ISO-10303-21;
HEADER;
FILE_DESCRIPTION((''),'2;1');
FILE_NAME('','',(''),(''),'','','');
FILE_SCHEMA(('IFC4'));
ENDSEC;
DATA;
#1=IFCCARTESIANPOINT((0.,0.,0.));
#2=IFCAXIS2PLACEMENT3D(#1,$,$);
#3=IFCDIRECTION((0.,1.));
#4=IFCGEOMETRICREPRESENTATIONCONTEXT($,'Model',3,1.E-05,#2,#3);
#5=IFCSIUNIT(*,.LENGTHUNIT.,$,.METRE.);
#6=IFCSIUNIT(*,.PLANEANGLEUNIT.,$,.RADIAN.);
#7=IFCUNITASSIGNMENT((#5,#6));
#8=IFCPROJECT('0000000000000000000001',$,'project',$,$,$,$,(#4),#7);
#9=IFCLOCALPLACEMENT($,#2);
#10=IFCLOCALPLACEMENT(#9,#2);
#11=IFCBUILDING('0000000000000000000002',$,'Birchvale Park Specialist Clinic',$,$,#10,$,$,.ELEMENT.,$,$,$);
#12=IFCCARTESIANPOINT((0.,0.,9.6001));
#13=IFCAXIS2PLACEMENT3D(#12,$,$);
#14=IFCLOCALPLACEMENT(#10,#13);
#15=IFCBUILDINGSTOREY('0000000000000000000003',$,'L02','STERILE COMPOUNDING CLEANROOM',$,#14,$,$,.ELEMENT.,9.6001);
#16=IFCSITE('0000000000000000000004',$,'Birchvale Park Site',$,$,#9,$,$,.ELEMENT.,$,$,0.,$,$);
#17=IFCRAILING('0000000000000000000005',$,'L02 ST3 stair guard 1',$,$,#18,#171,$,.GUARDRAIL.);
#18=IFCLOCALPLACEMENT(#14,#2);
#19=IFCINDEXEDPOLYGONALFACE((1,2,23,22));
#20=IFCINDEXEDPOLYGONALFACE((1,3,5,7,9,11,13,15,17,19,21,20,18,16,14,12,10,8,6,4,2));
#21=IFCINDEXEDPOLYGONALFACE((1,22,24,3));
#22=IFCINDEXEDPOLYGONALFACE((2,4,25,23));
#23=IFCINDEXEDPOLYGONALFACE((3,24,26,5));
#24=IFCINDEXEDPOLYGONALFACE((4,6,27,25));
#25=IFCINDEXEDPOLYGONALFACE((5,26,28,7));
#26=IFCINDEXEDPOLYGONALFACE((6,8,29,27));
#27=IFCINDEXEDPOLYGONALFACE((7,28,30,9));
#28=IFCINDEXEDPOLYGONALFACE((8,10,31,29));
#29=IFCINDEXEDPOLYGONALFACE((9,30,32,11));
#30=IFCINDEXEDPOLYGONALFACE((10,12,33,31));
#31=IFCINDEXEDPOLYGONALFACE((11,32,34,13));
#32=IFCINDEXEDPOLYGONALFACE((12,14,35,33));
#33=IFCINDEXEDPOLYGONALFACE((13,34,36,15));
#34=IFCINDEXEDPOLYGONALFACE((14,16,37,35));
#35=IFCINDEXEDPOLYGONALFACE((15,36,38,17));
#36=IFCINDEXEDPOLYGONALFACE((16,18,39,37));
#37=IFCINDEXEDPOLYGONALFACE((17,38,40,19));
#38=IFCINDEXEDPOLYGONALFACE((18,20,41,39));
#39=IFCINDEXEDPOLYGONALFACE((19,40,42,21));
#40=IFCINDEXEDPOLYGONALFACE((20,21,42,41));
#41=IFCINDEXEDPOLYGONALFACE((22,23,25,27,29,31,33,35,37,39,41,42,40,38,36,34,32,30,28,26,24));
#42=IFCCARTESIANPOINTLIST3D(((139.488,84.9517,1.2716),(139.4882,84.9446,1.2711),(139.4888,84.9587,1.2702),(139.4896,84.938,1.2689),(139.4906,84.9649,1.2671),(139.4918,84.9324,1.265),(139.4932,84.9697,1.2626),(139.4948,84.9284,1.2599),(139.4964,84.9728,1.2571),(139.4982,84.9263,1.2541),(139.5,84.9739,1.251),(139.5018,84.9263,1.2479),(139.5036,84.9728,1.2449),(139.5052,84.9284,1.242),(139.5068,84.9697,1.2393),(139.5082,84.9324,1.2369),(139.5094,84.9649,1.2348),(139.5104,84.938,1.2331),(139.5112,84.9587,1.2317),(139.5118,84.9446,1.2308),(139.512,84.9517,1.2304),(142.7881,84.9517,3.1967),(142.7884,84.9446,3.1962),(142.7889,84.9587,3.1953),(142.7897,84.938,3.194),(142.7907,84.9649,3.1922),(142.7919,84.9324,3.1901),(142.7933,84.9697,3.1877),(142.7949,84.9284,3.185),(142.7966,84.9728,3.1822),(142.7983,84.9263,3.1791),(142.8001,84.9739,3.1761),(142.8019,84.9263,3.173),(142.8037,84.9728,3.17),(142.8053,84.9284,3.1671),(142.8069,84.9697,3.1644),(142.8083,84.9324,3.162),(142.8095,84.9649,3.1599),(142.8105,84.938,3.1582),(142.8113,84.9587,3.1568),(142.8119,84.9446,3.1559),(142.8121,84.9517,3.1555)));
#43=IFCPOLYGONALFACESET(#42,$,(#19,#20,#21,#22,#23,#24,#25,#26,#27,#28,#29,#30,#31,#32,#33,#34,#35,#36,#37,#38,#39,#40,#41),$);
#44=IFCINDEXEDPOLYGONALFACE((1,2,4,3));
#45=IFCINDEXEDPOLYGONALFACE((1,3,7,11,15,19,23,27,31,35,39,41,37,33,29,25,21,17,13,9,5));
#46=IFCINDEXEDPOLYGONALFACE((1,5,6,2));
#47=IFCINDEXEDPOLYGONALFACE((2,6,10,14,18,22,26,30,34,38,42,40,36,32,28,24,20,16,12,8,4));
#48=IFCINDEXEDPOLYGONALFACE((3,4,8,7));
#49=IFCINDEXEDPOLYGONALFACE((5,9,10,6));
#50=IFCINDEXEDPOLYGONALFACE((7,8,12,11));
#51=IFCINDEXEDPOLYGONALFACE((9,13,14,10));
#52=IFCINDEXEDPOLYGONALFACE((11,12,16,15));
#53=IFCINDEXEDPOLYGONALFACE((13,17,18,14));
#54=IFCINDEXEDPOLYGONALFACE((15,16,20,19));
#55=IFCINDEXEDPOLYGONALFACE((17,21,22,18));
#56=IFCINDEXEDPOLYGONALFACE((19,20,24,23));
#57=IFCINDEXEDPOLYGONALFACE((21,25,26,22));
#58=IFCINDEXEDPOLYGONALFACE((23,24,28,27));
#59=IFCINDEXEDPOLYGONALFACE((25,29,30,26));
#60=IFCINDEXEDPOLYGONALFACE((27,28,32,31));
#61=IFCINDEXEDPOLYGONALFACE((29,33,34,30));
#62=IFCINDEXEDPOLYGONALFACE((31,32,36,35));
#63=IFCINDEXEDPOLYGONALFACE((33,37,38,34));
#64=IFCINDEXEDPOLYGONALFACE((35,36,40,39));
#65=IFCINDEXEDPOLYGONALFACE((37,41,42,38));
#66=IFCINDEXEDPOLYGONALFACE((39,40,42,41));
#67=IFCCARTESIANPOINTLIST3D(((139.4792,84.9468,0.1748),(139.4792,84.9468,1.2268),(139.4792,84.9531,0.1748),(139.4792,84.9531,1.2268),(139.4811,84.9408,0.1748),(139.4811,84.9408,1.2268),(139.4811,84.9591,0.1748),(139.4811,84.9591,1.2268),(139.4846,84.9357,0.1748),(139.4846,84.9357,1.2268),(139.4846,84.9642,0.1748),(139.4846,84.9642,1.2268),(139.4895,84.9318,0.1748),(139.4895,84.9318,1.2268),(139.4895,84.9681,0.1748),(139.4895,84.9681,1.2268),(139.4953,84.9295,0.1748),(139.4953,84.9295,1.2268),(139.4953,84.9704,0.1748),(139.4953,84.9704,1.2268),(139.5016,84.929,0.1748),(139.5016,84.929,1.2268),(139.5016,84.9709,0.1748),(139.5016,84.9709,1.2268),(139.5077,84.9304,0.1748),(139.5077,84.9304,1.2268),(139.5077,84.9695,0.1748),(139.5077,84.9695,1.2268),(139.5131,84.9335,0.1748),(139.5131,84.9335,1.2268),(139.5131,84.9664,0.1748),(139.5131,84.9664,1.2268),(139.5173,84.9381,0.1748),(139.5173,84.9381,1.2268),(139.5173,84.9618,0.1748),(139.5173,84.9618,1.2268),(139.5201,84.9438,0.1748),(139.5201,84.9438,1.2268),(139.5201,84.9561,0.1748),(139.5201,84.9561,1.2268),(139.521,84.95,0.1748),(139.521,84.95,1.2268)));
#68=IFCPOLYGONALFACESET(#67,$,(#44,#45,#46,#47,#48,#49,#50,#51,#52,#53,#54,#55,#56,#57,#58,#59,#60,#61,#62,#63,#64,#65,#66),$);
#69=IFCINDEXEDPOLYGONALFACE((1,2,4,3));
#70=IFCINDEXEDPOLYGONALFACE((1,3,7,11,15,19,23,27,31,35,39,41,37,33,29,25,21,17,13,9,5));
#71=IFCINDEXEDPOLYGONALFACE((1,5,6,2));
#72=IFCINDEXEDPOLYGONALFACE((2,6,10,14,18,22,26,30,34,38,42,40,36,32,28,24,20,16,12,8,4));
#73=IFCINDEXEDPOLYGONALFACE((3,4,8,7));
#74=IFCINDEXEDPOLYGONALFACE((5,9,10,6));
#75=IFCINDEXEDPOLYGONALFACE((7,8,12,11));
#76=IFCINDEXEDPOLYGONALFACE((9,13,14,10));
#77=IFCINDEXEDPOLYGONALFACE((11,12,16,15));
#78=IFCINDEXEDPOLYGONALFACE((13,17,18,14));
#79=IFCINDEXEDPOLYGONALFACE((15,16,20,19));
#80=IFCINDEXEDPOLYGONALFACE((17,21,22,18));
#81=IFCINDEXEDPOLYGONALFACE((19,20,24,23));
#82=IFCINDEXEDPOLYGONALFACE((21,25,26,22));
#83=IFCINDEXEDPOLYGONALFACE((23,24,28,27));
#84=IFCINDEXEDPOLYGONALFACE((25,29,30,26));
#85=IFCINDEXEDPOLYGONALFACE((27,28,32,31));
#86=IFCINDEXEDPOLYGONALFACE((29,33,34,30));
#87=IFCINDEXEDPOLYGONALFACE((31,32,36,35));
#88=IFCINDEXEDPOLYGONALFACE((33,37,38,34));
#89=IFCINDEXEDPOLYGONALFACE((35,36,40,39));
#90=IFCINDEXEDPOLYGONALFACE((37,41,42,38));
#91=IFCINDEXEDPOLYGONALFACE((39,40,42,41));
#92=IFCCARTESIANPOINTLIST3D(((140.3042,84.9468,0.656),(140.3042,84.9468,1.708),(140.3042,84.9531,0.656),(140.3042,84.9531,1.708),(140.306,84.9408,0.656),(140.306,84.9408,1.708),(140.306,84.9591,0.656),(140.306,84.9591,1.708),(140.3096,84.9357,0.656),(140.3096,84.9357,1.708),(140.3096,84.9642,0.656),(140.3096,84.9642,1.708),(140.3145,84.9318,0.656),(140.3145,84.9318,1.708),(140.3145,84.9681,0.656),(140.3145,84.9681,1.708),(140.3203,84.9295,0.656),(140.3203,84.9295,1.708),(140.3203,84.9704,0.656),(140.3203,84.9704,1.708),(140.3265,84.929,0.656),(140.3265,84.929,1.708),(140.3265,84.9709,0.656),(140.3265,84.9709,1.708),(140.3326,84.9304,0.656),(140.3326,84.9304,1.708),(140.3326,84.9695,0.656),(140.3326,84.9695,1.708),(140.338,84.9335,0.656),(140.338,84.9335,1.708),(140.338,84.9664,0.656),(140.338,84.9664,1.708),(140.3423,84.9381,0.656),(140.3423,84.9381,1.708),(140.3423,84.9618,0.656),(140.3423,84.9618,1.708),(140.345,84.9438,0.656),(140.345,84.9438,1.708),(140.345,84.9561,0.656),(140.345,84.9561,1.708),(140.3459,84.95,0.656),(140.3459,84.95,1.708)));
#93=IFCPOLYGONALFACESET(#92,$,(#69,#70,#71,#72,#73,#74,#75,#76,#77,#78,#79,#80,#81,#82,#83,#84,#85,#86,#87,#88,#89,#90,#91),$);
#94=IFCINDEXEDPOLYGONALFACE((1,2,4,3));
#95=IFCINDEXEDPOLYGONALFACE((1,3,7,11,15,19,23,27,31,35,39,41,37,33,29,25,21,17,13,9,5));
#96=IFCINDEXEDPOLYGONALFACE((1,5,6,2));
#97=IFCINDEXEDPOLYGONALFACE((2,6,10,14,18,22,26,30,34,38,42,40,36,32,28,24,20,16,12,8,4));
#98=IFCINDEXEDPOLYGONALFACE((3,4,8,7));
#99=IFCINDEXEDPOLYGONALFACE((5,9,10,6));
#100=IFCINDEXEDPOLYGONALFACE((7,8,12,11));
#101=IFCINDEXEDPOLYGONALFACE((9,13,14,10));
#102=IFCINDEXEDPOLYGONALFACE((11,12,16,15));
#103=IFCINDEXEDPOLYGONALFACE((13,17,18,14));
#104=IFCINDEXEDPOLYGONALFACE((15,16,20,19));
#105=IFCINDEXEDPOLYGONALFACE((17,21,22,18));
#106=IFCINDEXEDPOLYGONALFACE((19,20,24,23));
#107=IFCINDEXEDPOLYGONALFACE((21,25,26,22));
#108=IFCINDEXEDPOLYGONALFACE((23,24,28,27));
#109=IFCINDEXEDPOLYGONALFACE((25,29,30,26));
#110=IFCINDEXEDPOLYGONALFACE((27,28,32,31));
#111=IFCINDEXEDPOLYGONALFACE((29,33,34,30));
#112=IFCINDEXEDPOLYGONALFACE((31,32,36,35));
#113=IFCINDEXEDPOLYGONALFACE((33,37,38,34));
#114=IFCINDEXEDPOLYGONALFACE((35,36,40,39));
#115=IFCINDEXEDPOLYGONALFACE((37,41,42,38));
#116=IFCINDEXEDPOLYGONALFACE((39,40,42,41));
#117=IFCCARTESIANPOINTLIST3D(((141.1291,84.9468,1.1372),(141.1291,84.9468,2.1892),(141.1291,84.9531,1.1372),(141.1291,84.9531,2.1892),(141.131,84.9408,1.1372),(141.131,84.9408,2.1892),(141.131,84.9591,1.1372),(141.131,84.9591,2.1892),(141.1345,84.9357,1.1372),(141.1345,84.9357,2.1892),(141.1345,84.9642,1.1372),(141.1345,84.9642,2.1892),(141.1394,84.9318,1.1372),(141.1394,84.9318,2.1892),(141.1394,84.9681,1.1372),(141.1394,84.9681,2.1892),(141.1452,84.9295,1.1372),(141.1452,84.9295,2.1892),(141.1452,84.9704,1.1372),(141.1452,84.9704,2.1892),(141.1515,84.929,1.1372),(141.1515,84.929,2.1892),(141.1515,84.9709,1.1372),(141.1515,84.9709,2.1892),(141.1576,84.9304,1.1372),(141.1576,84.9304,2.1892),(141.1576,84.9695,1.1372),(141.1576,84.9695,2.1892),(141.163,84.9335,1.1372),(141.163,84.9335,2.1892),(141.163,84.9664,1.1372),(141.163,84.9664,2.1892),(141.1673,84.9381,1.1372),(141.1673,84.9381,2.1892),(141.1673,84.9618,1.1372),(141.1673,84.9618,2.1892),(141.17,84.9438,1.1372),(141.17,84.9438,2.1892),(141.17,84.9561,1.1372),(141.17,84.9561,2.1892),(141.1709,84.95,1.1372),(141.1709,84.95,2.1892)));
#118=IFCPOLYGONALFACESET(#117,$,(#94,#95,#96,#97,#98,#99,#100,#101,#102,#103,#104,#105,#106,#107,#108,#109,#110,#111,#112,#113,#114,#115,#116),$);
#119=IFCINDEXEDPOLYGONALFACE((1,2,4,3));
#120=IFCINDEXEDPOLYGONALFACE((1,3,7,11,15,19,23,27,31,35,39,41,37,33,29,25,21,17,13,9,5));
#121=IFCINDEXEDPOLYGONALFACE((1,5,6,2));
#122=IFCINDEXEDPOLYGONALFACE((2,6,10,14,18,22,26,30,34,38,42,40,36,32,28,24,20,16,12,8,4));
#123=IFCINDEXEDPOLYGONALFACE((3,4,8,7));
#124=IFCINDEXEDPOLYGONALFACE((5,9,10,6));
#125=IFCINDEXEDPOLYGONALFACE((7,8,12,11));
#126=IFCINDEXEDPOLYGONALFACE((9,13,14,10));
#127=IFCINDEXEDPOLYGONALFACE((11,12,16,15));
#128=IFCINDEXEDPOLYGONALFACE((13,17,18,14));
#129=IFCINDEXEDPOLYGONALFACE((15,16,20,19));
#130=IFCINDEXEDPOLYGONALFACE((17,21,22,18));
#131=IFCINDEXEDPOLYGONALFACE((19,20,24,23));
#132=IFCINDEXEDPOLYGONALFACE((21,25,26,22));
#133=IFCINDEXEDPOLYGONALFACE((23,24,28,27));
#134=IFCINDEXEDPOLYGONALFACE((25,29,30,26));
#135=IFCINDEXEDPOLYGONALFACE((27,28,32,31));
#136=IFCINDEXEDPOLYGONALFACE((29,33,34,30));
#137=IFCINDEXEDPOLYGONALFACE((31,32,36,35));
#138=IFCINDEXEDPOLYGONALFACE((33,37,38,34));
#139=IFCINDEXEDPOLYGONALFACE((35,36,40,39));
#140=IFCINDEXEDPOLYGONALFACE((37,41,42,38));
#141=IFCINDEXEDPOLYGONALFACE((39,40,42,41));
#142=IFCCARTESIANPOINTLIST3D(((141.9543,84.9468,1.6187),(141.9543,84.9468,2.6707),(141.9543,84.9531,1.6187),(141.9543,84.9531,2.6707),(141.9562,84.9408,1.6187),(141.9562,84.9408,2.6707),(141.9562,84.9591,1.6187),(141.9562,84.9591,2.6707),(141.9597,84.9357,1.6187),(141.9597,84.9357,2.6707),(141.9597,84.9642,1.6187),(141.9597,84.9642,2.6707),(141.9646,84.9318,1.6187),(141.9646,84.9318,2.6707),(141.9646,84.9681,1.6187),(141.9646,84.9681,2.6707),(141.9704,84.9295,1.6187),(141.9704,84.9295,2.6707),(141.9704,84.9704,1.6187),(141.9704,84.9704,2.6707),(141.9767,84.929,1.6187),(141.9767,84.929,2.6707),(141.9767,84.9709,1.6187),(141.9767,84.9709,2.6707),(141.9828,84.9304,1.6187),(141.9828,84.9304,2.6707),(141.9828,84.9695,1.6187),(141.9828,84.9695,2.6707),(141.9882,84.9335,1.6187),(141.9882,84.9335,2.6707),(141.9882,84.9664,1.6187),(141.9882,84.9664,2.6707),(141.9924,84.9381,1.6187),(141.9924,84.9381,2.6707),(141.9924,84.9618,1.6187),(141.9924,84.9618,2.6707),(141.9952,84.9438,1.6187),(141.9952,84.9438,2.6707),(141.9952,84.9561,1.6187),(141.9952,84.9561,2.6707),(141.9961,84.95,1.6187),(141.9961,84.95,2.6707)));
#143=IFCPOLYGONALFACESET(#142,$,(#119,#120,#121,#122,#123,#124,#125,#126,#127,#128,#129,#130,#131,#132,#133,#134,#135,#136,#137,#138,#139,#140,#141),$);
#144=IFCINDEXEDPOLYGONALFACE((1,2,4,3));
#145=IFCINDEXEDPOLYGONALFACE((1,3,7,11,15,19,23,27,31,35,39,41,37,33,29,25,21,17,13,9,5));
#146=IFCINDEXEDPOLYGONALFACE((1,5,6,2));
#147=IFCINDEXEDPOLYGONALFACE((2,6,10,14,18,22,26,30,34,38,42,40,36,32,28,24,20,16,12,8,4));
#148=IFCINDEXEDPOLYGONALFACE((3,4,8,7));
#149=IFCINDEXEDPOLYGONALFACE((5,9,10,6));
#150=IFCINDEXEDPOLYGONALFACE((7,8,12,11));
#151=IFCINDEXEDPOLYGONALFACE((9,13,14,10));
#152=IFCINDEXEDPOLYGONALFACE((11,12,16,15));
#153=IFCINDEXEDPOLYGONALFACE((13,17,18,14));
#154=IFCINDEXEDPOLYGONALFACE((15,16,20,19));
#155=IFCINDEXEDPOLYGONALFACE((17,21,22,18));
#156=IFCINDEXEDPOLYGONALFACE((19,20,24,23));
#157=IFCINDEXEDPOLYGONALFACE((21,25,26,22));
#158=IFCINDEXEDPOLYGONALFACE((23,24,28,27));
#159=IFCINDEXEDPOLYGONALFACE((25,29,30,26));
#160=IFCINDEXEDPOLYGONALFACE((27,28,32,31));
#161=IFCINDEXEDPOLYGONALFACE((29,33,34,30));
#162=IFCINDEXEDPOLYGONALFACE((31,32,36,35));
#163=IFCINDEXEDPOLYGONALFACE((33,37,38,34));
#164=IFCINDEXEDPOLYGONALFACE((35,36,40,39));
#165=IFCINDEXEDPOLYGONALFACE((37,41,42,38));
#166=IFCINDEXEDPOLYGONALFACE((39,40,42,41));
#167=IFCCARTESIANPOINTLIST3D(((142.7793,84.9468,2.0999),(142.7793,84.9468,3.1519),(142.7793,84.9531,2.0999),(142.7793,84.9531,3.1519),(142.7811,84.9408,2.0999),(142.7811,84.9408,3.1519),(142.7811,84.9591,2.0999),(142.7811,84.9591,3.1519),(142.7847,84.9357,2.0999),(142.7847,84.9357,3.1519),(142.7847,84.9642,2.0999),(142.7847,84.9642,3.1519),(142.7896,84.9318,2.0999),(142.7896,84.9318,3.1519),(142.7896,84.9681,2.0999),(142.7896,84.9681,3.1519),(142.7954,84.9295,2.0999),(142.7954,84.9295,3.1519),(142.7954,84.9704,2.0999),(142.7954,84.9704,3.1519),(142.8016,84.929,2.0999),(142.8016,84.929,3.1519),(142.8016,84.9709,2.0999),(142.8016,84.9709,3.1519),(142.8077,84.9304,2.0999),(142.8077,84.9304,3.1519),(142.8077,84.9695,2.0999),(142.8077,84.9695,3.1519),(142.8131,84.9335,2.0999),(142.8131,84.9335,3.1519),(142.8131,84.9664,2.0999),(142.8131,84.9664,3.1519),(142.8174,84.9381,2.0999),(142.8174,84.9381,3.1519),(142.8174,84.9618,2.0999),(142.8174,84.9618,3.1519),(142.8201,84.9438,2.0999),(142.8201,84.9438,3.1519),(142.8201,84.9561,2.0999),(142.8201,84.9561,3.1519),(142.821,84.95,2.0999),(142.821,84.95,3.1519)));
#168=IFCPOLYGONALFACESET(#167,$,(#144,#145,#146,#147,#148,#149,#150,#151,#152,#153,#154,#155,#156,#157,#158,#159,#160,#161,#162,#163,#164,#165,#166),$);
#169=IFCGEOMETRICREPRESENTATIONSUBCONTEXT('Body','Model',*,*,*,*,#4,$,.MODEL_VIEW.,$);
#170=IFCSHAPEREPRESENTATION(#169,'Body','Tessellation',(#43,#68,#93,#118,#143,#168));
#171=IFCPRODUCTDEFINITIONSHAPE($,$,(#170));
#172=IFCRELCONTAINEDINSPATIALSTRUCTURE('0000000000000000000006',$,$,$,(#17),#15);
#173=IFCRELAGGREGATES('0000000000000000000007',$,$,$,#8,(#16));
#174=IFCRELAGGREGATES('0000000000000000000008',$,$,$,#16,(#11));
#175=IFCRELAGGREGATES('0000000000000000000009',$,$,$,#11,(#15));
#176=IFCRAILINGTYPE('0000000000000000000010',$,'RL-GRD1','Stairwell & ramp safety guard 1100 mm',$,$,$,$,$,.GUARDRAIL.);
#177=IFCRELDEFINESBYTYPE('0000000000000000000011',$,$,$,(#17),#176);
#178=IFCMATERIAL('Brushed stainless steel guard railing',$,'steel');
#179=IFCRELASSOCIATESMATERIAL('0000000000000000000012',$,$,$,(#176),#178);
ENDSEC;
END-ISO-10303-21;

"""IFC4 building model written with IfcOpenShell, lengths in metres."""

from ifc_helpers import new_model, si_unit, direction, frame, origin, origin_2d, place, context, subcontext, project, spatial, circle, extrude, material, type_object, element, save


model = new_model("IFC4")

# Units and contexts
model_context = context("Model", 3, precision=1e-05, world=origin(), true_north=direction((0.0, 1.0)))
body_context = subcontext(model_context, "Body", "Model", "MODEL_VIEW")
ifc_project = project(units=[si_unit("LENGTHUNIT", "METRE"), si_unit("PLANEANGLEUNIT", "RADIAN")], contexts=[model_context])

# Site, building, storey
site_placement = place(None, origin())
site = spatial("IfcSite", under=ifc_project, at=site_placement, Name="Birchvale Park Site", CompositionType="ELEMENT", RefElevation=0.0)
building_placement = place(site_placement, origin())
building = spatial("IfcBuilding", under=site, at=building_placement, Name="Birchvale Park Specialist Clinic", CompositionType="ELEMENT")
storey_placement = place(building_placement, frame((0.0, 0.0, 9.6001)))
storey = spatial("IfcBuildingStorey", under=building, at=storey_placement, Name="L02", Description="STERILE COMPOUNDING CLEANROOM", CompositionType="ELEMENT", Elevation=9.6001)

# Railing
ifc_material_1 = material(Name="Brushed stainless steel guard railing", Category="steel")
railing_type_1 = type_object("IfcRailingType", Name="RL-GRD1", Description="Stairwell & ramp safety guard 1100 mm", PredefinedType="GUARDRAIL", material=ifc_material_1)
railing_1_placement = place(storey_placement, frame((139.5, 84.95, 0.1748)))
element("IfcRailing", 1, at=railing_1_placement, inside=storey, type_object=railing_type_1, Name="L02 ST3 stair guard 1", PredefinedType="GUARDRAIL", context=body_context, shape_type="SweptSolid", body=[
    extrude(circle(Radius=0.0239, at=origin_2d()), frame((0.0, 0.0, 1.0762), z_axis=(0.863777, 0.0, 0.503875), x_axis=(0.0, 1.0, 0.0)), (0.0, 0.0, 1.0), 3.8206),
    extrude(circle(Radius=0.021, at=origin_2d()), origin(), (0.0, 0.0, 1.0), 1.052),
    extrude(circle(Radius=0.021, at=origin_2d()), frame((0.825, 0.0, 0.4812)), (0.0, 0.0, 1.0), 1.052),
    extrude(circle(Radius=0.021, at=origin_2d()), frame((1.6499, 0.0, 0.9624)), (0.0, 0.0, 1.0), 1.052),
    extrude(circle(Radius=0.021, at=origin_2d()), frame((2.4751, 0.0, 1.4438)), (0.0, 0.0, 1.0), 1.052),
    extrude(circle(Radius=0.021, at=origin_2d()), frame((3.3, 0.0, 1.925)), (0.0, 0.0, 1.0), 1.052),
])

save(model, "model.ifc")
